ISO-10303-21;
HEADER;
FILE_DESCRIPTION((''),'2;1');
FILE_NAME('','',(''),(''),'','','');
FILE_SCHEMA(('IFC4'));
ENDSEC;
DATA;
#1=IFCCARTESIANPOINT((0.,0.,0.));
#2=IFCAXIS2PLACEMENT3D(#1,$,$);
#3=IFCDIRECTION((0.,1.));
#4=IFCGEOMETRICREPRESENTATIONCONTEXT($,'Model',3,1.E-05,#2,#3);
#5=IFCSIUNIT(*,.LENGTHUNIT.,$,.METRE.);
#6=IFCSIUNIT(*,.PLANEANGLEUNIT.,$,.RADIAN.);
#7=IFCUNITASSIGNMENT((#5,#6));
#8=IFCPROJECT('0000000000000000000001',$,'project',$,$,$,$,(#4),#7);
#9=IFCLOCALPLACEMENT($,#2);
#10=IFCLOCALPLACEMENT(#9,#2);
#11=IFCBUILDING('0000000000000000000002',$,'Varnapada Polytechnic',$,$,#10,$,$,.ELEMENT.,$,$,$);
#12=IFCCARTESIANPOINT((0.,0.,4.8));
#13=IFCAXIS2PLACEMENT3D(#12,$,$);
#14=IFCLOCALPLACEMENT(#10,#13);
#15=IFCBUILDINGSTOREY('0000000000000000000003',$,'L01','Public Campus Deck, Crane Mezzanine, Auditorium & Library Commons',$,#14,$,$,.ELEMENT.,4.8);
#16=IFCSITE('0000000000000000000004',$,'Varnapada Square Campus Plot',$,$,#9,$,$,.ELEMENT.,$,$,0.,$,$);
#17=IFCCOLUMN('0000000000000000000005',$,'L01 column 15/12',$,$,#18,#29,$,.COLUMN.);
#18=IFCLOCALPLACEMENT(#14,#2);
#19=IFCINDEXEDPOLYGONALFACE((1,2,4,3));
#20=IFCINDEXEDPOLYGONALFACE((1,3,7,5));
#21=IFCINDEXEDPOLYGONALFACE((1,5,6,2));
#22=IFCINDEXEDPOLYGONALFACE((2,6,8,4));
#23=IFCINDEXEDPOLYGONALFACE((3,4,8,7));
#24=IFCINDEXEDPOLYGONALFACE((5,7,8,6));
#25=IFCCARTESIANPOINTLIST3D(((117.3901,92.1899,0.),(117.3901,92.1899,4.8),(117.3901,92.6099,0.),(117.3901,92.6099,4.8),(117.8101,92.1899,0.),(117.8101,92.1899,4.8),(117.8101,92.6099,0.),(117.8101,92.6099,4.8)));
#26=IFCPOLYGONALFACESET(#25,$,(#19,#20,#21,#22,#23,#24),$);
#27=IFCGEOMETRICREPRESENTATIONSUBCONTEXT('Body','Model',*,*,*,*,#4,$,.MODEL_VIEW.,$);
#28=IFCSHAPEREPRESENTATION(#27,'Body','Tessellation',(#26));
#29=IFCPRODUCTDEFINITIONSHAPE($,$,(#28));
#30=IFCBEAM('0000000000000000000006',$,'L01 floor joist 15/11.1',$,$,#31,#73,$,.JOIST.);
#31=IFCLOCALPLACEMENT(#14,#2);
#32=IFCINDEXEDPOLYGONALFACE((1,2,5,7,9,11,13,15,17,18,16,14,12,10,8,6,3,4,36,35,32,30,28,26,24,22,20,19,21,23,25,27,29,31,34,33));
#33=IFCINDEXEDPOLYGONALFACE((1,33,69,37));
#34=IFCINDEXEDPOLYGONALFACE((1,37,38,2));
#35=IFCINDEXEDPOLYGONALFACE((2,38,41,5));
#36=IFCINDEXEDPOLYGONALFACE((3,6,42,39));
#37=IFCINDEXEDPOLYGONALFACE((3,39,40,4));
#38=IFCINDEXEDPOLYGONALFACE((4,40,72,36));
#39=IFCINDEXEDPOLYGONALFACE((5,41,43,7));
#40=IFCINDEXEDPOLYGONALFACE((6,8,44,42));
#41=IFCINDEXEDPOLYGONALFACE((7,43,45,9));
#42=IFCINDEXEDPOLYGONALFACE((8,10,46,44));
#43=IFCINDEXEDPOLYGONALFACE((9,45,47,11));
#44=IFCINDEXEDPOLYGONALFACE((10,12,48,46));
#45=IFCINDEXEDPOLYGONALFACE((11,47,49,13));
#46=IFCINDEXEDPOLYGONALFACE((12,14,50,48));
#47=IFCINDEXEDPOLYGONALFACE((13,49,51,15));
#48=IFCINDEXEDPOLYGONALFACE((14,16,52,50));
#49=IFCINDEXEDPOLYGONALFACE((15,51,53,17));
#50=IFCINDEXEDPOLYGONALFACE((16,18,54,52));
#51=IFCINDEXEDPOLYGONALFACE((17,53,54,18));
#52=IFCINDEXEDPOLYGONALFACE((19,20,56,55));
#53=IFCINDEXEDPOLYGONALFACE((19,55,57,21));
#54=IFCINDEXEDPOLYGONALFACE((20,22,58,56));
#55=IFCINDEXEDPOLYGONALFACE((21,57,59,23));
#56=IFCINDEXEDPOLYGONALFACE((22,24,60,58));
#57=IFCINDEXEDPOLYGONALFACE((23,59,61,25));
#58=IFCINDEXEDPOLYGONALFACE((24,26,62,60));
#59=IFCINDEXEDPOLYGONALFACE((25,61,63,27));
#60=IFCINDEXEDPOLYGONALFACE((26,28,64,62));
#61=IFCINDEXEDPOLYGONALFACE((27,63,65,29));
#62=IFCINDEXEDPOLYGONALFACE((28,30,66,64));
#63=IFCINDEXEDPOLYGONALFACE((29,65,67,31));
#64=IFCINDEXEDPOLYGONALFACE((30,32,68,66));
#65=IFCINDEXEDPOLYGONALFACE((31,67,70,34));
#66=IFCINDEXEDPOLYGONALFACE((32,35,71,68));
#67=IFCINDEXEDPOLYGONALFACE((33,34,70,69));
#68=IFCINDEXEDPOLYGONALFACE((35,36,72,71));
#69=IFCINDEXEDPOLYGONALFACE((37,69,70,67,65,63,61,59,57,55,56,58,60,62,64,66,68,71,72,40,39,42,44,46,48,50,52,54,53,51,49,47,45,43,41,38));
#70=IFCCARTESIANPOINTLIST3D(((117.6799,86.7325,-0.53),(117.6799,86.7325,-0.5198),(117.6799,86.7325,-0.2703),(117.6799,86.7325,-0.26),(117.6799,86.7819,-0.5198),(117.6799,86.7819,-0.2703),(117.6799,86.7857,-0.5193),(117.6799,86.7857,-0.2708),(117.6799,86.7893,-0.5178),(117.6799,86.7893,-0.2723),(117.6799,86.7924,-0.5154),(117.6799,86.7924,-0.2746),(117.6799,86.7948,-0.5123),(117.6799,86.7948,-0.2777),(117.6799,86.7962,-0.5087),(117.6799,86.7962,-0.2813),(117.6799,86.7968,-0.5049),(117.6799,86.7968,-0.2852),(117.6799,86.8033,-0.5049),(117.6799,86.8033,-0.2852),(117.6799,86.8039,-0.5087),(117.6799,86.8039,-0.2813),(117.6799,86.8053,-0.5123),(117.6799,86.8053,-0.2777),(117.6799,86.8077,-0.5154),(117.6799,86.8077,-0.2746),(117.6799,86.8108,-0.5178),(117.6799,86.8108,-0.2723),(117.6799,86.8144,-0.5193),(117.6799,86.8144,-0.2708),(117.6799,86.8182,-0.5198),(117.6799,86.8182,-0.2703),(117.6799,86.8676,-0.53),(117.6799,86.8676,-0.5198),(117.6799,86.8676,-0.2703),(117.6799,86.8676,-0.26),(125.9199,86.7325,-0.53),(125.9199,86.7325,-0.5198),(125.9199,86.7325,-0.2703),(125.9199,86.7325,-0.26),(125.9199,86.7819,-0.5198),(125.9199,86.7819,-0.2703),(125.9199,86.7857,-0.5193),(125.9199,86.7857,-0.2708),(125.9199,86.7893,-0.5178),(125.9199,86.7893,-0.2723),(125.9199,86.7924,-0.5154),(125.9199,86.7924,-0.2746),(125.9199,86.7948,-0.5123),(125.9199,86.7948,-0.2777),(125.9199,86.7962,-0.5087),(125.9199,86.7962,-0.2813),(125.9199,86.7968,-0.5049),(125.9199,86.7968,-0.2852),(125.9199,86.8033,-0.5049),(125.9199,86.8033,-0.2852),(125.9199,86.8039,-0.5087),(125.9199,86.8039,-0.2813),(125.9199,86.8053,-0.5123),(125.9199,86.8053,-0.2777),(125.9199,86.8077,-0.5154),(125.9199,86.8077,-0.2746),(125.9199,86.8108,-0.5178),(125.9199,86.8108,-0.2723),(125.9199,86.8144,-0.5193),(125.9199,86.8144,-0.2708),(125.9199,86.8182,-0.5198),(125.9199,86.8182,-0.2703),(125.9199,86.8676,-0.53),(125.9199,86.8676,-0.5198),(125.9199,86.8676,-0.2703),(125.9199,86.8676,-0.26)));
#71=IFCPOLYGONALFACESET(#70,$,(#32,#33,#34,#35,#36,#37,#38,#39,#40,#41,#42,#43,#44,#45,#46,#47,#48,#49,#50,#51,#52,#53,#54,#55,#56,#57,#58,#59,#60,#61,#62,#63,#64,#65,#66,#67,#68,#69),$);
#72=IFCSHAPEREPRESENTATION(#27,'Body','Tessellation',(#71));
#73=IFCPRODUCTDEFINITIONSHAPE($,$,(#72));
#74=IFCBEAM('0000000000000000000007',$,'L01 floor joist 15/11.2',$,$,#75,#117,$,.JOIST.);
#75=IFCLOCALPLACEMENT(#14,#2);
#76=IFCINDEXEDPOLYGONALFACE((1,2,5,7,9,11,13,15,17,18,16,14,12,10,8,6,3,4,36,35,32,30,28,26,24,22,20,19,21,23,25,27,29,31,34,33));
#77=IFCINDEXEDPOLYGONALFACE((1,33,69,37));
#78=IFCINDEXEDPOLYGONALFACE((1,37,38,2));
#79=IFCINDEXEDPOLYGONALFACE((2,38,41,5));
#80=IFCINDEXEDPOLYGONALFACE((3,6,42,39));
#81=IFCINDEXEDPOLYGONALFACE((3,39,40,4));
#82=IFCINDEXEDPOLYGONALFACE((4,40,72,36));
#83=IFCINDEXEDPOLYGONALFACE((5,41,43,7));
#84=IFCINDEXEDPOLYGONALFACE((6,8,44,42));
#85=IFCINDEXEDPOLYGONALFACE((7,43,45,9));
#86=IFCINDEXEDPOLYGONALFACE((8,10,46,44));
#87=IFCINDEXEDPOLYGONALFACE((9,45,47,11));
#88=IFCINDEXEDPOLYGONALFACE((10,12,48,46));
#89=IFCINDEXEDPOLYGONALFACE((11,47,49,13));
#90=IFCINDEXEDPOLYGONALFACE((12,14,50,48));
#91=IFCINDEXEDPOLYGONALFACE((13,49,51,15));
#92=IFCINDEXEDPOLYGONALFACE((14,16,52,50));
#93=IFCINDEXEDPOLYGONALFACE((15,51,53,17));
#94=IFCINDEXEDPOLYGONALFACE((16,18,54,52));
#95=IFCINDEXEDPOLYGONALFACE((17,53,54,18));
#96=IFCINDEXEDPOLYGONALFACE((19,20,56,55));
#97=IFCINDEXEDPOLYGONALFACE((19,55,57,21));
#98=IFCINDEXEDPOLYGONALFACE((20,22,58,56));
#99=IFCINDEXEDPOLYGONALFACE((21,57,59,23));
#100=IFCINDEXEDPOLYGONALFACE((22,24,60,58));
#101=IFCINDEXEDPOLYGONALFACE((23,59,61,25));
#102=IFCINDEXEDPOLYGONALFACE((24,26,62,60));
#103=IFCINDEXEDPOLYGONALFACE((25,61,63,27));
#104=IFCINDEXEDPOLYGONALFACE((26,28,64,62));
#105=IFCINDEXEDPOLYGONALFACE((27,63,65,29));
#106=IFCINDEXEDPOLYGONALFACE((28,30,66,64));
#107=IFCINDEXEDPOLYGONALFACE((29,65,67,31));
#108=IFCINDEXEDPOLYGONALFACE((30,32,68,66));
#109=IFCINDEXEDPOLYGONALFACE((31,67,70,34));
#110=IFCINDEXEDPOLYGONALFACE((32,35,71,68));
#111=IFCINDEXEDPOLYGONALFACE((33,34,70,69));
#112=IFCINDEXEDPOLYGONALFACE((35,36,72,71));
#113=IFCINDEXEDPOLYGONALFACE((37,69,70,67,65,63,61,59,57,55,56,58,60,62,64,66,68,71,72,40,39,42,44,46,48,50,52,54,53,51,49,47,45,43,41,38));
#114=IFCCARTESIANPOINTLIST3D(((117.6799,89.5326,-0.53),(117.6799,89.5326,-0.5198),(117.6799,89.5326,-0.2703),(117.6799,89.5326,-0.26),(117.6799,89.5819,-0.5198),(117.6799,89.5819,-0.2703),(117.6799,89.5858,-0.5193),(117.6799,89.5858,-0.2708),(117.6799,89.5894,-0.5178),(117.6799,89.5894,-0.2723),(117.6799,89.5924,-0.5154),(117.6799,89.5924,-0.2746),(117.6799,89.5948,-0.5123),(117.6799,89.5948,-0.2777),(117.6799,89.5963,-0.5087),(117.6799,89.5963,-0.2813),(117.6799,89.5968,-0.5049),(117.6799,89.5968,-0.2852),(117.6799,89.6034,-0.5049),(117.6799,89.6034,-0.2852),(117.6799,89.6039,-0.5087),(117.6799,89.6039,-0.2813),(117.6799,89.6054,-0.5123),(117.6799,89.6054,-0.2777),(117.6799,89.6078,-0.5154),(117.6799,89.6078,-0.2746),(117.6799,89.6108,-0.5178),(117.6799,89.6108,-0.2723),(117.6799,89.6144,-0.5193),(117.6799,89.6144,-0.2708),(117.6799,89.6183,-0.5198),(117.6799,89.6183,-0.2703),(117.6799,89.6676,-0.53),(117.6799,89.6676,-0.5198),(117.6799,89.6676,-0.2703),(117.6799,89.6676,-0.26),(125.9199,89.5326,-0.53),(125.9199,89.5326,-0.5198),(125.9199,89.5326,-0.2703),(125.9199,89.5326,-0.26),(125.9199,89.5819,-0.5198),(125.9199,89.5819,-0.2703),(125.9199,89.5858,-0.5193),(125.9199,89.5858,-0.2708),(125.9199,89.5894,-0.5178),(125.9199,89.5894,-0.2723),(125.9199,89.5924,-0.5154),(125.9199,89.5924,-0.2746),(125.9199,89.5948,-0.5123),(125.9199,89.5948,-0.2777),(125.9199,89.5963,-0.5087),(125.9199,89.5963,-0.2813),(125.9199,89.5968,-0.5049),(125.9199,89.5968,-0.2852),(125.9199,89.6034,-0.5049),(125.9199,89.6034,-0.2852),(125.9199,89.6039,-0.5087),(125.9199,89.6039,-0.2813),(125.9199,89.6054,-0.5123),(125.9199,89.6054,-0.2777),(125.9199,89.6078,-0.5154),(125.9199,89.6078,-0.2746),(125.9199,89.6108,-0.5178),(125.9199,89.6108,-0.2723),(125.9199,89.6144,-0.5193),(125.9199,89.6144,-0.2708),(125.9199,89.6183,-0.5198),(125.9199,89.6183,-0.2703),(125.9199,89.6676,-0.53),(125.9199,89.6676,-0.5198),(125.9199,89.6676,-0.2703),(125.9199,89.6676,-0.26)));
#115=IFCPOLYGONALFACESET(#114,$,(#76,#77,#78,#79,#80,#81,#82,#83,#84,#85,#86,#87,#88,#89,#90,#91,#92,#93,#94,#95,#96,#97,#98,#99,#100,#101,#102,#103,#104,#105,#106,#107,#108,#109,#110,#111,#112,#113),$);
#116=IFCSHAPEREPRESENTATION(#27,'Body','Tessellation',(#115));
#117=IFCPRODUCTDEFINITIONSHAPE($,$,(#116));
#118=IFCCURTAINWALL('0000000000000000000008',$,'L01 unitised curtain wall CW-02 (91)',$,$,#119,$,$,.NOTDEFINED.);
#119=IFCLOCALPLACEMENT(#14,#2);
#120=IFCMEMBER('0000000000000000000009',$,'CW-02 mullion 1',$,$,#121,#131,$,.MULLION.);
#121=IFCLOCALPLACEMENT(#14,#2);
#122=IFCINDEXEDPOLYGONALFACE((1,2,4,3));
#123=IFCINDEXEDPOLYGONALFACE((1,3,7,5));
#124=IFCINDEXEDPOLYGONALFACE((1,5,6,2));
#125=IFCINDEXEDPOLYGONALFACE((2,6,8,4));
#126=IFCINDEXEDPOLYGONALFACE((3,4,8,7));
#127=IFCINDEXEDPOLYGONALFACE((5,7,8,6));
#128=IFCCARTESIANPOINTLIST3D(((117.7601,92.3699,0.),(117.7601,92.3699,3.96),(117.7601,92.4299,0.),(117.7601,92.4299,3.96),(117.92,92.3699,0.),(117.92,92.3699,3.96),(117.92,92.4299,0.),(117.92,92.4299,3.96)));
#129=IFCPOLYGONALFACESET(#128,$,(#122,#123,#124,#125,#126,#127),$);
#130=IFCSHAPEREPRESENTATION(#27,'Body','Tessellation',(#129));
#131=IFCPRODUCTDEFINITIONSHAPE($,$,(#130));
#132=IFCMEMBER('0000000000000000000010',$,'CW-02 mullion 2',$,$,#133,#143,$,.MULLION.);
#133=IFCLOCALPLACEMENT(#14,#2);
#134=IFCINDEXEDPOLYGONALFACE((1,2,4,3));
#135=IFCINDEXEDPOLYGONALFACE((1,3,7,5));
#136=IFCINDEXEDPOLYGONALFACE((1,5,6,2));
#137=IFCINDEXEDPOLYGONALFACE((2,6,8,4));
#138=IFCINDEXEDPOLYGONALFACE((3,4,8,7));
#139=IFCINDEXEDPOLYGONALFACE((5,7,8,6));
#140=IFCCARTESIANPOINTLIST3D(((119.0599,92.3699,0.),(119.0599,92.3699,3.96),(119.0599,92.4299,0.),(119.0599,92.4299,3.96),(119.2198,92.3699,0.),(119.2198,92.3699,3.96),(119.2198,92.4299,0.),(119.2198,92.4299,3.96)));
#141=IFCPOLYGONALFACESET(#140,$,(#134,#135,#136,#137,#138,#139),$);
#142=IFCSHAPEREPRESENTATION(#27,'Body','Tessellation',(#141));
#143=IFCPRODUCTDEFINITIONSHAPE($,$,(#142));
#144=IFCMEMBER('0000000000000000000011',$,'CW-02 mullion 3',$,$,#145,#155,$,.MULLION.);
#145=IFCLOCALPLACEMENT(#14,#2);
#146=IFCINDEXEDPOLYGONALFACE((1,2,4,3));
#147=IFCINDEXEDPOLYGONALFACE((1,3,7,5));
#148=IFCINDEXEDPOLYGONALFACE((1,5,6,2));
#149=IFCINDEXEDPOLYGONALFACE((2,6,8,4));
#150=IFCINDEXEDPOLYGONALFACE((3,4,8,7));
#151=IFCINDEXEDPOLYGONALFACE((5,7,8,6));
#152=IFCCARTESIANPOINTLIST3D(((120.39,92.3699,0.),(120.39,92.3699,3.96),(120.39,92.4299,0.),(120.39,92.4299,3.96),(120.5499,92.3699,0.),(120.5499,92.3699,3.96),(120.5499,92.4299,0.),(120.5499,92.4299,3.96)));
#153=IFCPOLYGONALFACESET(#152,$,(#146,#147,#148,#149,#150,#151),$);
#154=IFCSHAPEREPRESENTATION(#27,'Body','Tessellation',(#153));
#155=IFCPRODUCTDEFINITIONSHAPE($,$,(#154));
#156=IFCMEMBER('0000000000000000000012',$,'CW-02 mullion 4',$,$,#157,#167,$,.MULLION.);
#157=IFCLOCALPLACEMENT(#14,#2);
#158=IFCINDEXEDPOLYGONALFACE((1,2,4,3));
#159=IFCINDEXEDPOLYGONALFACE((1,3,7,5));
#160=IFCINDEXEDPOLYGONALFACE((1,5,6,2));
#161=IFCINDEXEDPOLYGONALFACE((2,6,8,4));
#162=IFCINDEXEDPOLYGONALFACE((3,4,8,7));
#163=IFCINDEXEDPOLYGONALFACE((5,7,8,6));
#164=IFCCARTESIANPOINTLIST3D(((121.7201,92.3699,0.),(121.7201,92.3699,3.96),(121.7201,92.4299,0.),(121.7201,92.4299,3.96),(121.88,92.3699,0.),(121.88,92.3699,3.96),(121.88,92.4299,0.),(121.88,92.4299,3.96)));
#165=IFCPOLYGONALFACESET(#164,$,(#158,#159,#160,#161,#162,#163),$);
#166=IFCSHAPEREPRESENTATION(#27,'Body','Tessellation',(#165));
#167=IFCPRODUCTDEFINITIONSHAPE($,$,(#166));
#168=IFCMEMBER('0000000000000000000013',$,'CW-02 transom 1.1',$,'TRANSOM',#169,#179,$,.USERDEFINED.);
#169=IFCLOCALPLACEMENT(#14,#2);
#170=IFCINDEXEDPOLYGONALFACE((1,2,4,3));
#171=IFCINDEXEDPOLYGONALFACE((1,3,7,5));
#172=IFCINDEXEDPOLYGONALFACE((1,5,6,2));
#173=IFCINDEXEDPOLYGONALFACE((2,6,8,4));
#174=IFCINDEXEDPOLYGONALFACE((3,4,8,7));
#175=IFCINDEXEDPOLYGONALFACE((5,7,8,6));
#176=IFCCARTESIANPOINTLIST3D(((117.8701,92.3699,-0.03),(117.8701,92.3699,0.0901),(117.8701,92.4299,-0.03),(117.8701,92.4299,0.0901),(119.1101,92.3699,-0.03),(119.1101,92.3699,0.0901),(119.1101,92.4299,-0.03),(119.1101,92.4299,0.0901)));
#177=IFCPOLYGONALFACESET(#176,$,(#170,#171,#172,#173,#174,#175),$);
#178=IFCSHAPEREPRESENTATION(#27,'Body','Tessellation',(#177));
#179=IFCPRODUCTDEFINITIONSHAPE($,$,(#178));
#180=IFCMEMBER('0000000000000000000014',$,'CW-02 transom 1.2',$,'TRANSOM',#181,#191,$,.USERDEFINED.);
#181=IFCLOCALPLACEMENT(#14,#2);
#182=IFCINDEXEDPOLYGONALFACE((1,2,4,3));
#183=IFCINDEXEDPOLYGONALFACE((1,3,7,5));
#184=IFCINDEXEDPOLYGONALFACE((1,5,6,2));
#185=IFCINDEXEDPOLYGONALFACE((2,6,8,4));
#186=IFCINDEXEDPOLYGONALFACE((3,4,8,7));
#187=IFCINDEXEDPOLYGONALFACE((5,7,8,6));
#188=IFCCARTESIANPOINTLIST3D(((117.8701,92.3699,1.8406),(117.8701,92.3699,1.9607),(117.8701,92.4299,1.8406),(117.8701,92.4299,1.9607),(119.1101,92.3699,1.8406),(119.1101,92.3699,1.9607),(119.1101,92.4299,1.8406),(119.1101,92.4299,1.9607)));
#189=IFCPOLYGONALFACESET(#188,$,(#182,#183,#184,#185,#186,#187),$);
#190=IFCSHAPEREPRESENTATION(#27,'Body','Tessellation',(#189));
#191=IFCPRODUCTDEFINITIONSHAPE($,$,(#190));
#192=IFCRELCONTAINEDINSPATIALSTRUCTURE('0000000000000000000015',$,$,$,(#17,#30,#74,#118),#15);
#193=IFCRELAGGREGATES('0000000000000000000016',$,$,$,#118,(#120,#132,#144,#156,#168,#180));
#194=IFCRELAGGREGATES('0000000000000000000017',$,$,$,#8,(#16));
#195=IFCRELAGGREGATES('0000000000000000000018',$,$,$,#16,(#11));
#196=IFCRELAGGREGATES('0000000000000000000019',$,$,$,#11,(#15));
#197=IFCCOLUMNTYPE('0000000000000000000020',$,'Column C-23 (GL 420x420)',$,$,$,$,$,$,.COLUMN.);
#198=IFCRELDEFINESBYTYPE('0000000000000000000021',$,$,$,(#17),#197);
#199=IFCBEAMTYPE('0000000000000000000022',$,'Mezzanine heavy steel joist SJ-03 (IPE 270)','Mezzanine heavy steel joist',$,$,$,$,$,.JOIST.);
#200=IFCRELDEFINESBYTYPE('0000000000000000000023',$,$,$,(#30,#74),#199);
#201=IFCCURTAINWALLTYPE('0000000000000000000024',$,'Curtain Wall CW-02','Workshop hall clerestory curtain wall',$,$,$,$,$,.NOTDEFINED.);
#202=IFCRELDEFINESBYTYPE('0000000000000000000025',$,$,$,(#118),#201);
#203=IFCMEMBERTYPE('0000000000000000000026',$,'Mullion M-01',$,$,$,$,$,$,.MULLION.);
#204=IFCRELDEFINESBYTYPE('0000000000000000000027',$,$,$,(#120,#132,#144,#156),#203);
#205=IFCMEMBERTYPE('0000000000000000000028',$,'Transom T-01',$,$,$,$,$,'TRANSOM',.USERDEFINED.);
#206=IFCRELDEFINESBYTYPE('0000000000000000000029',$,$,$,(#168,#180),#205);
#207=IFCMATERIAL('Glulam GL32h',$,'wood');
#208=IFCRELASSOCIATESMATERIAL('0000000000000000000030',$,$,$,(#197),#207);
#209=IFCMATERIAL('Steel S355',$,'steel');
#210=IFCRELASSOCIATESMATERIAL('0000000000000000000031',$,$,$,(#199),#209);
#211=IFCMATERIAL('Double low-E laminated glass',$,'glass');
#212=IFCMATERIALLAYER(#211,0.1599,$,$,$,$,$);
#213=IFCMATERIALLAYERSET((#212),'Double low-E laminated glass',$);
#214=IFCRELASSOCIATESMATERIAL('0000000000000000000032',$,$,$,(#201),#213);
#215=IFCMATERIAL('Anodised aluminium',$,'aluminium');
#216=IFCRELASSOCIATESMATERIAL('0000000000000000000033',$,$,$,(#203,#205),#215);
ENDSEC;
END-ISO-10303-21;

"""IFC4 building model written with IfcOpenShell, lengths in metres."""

from ifc_helpers import new_model, si_unit, direction, frame, origin, origin_2d, place, context, subcontext, project, spatial, rectangle, i_section, extrude, material, layer, layer_set, material_profile, profile_set, type_object, element, aggregate, save


model = new_model("IFC4")

# Units and contexts
model_context = context("Model", 3, precision=1e-05, world=origin(), true_north=direction((0.0, 1.0)))
body_context = subcontext(model_context, "Body", "Model", "MODEL_VIEW")
ifc_project = project(units=[si_unit("LENGTHUNIT", "METRE"), si_unit("PLANEANGLEUNIT", "RADIAN")], contexts=[model_context])

# Site, building, storey
site_placement = place(None, origin())
site = spatial("IfcSite", under=ifc_project, at=site_placement, Name="Varnapada Square Campus Plot", CompositionType="ELEMENT", RefElevation=0.0)
building_placement = place(site_placement, origin())
building = spatial("IfcBuilding", under=site, at=building_placement, Name="Varnapada Polytechnic", CompositionType="ELEMENT")
storey_placement = place(building_placement, frame((0.0, 0.0, 4.8)))
storey = spatial("IfcBuildingStorey", under=building, at=storey_placement, Name="L01", Description="Public Campus Deck, Crane Mezzanine, Auditorium & Library Commons", CompositionType="ELEMENT", Elevation=4.8)

# Column
ifc_material_1 = material(Name="Glulam GL32h", Category="wood")
ifc_material_profile_1 = material_profile(ifc_material_1, rectangle(XDim=0.4199, YDim=0.4199, at=origin_2d()), Name="GL 420x420")
ifc_profile_set_1 = profile_set([ifc_material_profile_1], Name="Glulam GL32h")
column_type = type_object("IfcColumnType", Name="Column C-23 (GL 420x420)", PredefinedType="COLUMN", material=ifc_profile_set_1)
column_placement = place(storey_placement, frame((117.6001, 92.3999, 0.0), z_axis=(0.0, 0.0, 1.0), x_axis=(1.0, 0.0, 0.0)))
element("IfcColumn", 1, at=column_placement, inside=storey, type_object=column_type, Name="L01 column 15/12", PredefinedType="COLUMN", context=body_context, shape_type="SweptSolid", body=[
    extrude(rectangle(XDim=0.4199, YDim=0.4199, at=origin_2d()), origin(), (0.0, 0.0, 1.0), 4.8),
])

# Beams
ifc_material_2 = material(Name="Steel S355", Category="steel")
ifc_material_profile_2 = material_profile(ifc_material_2, i_section(OverallWidth=0.135, OverallDepth=0.27, WebThickness=0.0066, FlangeThickness=0.0103, FilletRadius=0.0149, at=origin_2d()), Name="IPE 270")
ifc_profile_set_2 = profile_set([ifc_material_profile_2], Name="Steel S355")
beam_type_1 = type_object("IfcBeamType", Name="Mezzanine heavy steel joist SJ-03 (IPE 270)", Description="Mezzanine heavy steel joist", PredefinedType="JOIST", material=ifc_profile_set_2)
for number, where, z_axis, x_axis, name in (
    (2, (117.6799, 86.8, -0.395), (1.0, 0.0, 0.0), (0.0, 1.0, 0.0), "L01 floor joist 15/11.1"),
    (3, (117.6799, 89.6001, -0.395), (1.0, 0.0, 0.0), (0.0, 1.0, 0.0), "L01 floor joist 15/11.2"),
):
    element("IfcBeam", number, at=place(storey_placement, frame(where, z_axis=z_axis, x_axis=x_axis)), inside=storey, type_object=beam_type_1, Name=name, PredefinedType="JOIST", context=body_context, shape_type="SweptSolid", body=[
        extrude(i_section(OverallWidth=0.135, OverallDepth=0.27, WebThickness=0.0066, FlangeThickness=0.0103, FilletRadius=0.0149, at=origin_2d()), origin(), (0.0, 0.0, 1.0), 8.24),
    ])

# Curtain wall, members
ifc_material_3 = material(Name="Double low-E laminated glass", Category="glass")
ifc_layer_1 = layer(ifc_material_3, 0.1599)
ifc_layer_set_1 = layer_set([ifc_layer_1], Name="Double low-E laminated glass")
curtain_wall_type = type_object("IfcCurtainWallType", Name="Curtain Wall CW-02", Description="Workshop hall clerestory curtain wall", PredefinedType="NOTDEFINED", material=ifc_layer_set_1)
curtain_wall_placement = place(storey_placement, origin())
curtain_wall = element("IfcCurtainWall", 4, at=curtain_wall_placement, inside=storey, type_object=curtain_wall_type, Name="L01 unitised curtain wall CW-02 (91)", PredefinedType="NOTDEFINED")
ifc_material_4 = material(Name="Anodised aluminium", Category="aluminium")
ifc_material_profile_3 = material_profile(ifc_material_4, rectangle(XDim=0.0601, YDim=0.1599, at=origin_2d()), Name="ALU M60x160")
ifc_profile_set_3 = profile_set([ifc_material_profile_3], Name="Anodised aluminium")
member_type_1 = type_object("IfcMemberType", Name="Mullion M-01", PredefinedType="MULLION", material=ifc_profile_set_3)
member_1_placement = place(storey_placement, frame((117.8401, 92.3999, 0.0), z_axis=(0.0, 0.0, 1.0), x_axis=(0.0, 1.0, 0.0)))
member_1 = element("IfcMember", 5, at=member_1_placement, type_object=member_type_1, Name="CW-02 mullion 1", PredefinedType="MULLION", context=body_context, shape_type="SweptSolid", body=[
    extrude(rectangle(XDim=0.0601, YDim=0.1599, at=origin_2d()), origin(), (0.0, 0.0, 1.0), 3.96),
])
member_2_placement = place(storey_placement, frame((119.1399, 92.3999, 0.0), z_axis=(0.0, 0.0, 1.0), x_axis=(0.0, 1.0, 0.0)))
member_2 = element("IfcMember", 6, at=member_2_placement, type_object=member_type_1, Name="CW-02 mullion 2", PredefinedType="MULLION", context=body_context, shape_type="SweptSolid", body=[
    extrude(rectangle(XDim=0.0601, YDim=0.1599, at=origin_2d()), origin(), (0.0, 0.0, 1.0), 3.96),
])
member_3_placement = place(storey_placement, frame((120.47, 92.3999, 0.0), z_axis=(0.0, 0.0, 1.0), x_axis=(0.0, 1.0, 0.0)))
member_3 = element("IfcMember", 7, at=member_3_placement, type_object=member_type_1, Name="CW-02 mullion 3", PredefinedType="MULLION", context=body_context, shape_type="SweptSolid", body=[
    extrude(rectangle(XDim=0.0601, YDim=0.1599, at=origin_2d()), origin(), (0.0, 0.0, 1.0), 3.96),
])
member_4_placement = place(storey_placement, frame((121.8, 92.3999, 0.0), z_axis=(0.0, 0.0, 1.0), x_axis=(0.0, 1.0, 0.0)))
member_4 = element("IfcMember", 8, at=member_4_placement, type_object=member_type_1, Name="CW-02 mullion 4", PredefinedType="MULLION", context=body_context, shape_type="SweptSolid", body=[
    extrude(rectangle(XDim=0.0601, YDim=0.1599, at=origin_2d()), origin(), (0.0, 0.0, 1.0), 3.96),
])
ifc_material_profile_4 = material_profile(ifc_material_4, rectangle(XDim=0.0601, YDim=0.1201, at=origin_2d()), Name="ALU T60x120")
ifc_profile_set_4 = profile_set([ifc_material_profile_4], Name="Anodised aluminium")
member_type_2 = type_object("IfcMemberType", Name="Transom T-01", ElementType="TRANSOM", PredefinedType="USERDEFINED", material=ifc_profile_set_4)
member_5_placement = place(storey_placement, frame((117.8701, 92.3999, 0.03), z_axis=(1.0, 0.0, 0.0), x_axis=(0.0, 1.0, 0.0)))
member_5 = element("IfcMember", 9, at=member_5_placement, type_object=member_type_2, Name="CW-02 transom 1.1", ObjectType="TRANSOM", PredefinedType="USERDEFINED", context=body_context, shape_type="SweptSolid", body=[
    extrude(rectangle(XDim=0.0601, YDim=0.1201, at=origin_2d()), origin(), (0.0, 0.0, 1.0), 1.24),
])
member_6_placement = place(storey_placement, frame((117.8701, 92.3999, 1.9006), z_axis=(1.0, 0.0, 0.0), x_axis=(0.0, 1.0, 0.0)))
member_6 = element("IfcMember", 10, at=member_6_placement, type_object=member_type_2, Name="CW-02 transom 1.2", ObjectType="TRANSOM", PredefinedType="USERDEFINED", context=body_context, shape_type="SweptSolid", body=[
    extrude(rectangle(XDim=0.0601, YDim=0.1201, at=origin_2d()), origin(), (0.0, 0.0, 1.0), 1.24),
])

aggregate(curtain_wall, [member_1, member_2, member_3, member_4, member_5, member_6])

save(model, "model.ifc")
